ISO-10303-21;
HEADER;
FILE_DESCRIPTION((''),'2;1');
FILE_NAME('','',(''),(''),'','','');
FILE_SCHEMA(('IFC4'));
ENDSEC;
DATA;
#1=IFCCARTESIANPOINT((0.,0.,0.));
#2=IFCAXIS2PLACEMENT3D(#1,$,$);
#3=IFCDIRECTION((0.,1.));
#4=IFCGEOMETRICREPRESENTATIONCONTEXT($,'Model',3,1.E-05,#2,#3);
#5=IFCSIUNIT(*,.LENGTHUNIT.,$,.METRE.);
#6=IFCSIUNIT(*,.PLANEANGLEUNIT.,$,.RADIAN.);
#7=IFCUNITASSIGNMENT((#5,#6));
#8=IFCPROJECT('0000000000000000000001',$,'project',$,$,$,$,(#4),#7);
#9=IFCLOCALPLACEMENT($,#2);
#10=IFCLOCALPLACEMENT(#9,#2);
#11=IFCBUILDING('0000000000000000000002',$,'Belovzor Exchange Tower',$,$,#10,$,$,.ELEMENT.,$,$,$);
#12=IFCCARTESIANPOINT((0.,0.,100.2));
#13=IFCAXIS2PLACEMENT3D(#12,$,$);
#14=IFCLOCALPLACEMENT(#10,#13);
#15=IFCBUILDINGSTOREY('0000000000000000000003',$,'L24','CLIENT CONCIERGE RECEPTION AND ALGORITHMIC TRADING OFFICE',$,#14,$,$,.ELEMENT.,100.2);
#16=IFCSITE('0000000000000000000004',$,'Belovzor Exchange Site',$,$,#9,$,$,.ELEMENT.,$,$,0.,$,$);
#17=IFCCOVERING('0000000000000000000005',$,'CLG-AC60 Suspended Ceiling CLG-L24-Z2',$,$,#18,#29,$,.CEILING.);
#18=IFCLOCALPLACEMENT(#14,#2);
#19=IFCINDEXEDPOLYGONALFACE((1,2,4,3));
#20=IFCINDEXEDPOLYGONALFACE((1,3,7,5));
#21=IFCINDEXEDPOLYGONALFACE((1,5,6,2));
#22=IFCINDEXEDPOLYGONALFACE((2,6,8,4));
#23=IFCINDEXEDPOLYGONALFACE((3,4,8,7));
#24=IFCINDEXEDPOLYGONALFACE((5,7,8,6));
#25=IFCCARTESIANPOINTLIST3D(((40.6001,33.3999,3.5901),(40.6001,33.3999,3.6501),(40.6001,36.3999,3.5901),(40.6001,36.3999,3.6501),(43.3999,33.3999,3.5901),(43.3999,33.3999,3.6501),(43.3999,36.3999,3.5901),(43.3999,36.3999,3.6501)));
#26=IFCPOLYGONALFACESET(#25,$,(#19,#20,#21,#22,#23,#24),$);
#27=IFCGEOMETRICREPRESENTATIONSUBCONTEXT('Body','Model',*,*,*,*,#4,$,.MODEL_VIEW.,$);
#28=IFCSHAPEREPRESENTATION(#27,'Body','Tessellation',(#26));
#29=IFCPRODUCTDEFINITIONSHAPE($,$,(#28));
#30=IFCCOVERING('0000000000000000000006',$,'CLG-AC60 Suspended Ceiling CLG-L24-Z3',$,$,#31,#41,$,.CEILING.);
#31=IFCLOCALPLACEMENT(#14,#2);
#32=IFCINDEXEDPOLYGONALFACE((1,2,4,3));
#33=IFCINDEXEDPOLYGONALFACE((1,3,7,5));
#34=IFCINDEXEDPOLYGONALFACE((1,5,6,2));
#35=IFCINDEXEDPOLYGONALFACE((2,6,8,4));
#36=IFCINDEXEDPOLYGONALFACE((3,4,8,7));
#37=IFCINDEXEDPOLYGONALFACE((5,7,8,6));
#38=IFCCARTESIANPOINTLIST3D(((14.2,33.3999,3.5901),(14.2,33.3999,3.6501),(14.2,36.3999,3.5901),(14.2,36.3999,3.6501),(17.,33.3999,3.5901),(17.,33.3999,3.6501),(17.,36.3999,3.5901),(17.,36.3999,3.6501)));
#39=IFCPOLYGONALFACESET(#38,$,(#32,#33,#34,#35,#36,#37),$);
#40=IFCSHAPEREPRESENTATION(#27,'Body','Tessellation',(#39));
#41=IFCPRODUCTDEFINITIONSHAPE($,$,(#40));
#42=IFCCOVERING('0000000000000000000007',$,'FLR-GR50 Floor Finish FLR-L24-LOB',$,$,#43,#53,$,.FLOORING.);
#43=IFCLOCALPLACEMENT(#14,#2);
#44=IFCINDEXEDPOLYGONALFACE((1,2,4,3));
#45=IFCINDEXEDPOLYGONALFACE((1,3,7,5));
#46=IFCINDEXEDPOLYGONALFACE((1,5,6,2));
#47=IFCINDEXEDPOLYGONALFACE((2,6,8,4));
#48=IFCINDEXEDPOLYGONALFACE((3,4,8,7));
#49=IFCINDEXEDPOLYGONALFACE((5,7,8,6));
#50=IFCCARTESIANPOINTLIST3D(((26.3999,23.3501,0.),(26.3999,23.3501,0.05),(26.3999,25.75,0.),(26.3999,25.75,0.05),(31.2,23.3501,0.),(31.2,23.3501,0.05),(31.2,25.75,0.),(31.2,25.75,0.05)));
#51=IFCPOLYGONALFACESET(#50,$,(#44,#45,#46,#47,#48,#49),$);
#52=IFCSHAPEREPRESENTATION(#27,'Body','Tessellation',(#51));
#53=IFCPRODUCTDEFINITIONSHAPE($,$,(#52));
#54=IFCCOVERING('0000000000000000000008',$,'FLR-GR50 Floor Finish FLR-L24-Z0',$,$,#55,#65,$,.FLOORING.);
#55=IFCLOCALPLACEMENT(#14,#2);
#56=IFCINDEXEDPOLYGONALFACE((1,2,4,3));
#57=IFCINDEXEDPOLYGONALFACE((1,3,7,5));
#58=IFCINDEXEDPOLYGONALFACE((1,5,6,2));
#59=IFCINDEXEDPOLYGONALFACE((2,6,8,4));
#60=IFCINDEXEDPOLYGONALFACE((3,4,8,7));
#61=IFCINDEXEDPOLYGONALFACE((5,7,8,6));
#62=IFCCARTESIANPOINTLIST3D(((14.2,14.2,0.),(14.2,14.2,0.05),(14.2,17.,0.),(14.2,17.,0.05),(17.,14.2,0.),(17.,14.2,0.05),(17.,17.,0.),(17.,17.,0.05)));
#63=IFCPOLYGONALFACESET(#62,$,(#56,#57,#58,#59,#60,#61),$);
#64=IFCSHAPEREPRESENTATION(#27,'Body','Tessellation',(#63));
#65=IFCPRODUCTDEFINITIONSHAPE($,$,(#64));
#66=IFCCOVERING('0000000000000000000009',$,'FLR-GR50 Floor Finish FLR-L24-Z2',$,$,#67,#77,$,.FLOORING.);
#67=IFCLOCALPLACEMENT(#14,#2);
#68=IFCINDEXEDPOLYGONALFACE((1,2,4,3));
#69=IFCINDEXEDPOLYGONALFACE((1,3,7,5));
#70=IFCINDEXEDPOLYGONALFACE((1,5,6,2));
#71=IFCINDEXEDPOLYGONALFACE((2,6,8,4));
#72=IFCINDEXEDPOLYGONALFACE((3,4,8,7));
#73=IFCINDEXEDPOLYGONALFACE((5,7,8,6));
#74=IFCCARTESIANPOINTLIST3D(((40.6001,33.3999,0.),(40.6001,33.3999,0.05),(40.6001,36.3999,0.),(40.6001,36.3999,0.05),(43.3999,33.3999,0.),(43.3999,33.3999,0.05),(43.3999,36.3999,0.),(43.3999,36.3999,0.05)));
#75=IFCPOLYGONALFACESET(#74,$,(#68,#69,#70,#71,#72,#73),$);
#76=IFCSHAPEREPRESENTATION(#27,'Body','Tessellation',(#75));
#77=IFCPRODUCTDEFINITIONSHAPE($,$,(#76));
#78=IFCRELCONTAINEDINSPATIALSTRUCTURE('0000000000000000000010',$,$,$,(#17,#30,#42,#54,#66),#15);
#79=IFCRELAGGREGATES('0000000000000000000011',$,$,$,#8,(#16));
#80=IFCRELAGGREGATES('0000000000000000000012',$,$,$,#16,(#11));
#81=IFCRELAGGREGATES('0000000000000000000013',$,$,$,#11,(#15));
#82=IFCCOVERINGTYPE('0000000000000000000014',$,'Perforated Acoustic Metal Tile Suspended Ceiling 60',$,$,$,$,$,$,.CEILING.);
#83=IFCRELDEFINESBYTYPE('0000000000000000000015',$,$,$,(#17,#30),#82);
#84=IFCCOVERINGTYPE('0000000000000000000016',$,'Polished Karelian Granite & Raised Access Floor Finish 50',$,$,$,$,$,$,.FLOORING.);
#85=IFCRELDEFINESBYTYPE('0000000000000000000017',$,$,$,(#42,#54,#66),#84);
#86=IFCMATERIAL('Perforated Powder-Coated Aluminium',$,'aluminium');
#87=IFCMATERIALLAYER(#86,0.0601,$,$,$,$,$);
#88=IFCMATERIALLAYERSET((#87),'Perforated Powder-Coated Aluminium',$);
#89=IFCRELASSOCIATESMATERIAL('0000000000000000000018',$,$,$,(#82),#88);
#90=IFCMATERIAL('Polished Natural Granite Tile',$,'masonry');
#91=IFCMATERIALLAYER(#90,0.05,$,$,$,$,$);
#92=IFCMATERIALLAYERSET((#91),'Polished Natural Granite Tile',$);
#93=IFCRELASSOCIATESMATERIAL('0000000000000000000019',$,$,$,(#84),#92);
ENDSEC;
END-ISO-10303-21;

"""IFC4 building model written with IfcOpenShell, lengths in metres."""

from ifc_helpers import new_model, si_unit, direction, frame, origin, place, context, subcontext, project, spatial, polyline, outline, extrude, material, layer, layer_set, type_object, element, save


model = new_model("IFC4")

# Units and contexts
model_context = context("Model", 3, precision=1e-05, world=origin(), true_north=direction((0.0, 1.0)))
body_context = subcontext(model_context, "Body", "Model", "MODEL_VIEW")
ifc_project = project(units=[si_unit("LENGTHUNIT", "METRE"), si_unit("PLANEANGLEUNIT", "RADIAN")], contexts=[model_context])

# Site, building, storey
site_placement = place(None, origin())
site = spatial("IfcSite", under=ifc_project, at=site_placement, Name="Belovzor Exchange Site", CompositionType="ELEMENT", RefElevation=0.0)
building_placement = place(site_placement, origin())
building = spatial("IfcBuilding", under=site, at=building_placement, Name="Belovzor Exchange Tower", CompositionType="ELEMENT")
storey_placement = place(building_placement, frame((0.0, 0.0, 100.2)))
storey = spatial("IfcBuildingStorey", under=building, at=storey_placement, Name="L24", Description="CLIENT CONCIERGE RECEPTION AND ALGORITHMIC TRADING OFFICE", CompositionType="ELEMENT", Elevation=100.2)

# Coverings
ifc_material_1 = material(Name="Perforated Powder-Coated Aluminium", Category="aluminium")
ifc_layer_1 = layer(ifc_material_1, 0.0601)
ifc_layer_set_1 = layer_set([ifc_layer_1], Name="Perforated Powder-Coated Aluminium")
covering_type_1 = type_object("IfcCoveringType", Name="Perforated Acoustic Metal Tile Suspended Ceiling 60", PredefinedType="CEILING", material=ifc_layer_set_1)
covering_1_placement = place(storey_placement, frame((0.0, 0.0, 3.5901)))
element("IfcCovering", 1, at=covering_1_placement, inside=storey, type_object=covering_type_1, Name="CLG-AC60 Suspended Ceiling CLG-L24-Z2", PredefinedType="CEILING", context=body_context, shape_type="SweptSolid", body=[
    extrude(outline(polyline([(40.6001, 33.3999), (43.3999, 33.3999), (43.3999, 36.3999), (40.6001, 36.3999), (40.6001, 33.3999)])), origin(), (0.0, 0.0, 1.0), 0.0601),
])
covering_2_placement = place(storey_placement, frame((0.0, 0.0, 3.5901)))
element("IfcCovering", 2, at=covering_2_placement, inside=storey, type_object=covering_type_1, Name="CLG-AC60 Suspended Ceiling CLG-L24-Z3", PredefinedType="CEILING", context=body_context, shape_type="SweptSolid", body=[
    extrude(outline(polyline([(14.2, 33.3999), (17.0, 33.3999), (17.0, 36.3999), (14.2, 36.3999), (14.2, 33.3999)])), origin(), (0.0, 0.0, 1.0), 0.0601),
])
ifc_material_2 = material(Name="Polished Natural Granite Tile", Category="masonry")
ifc_layer_2 = layer(ifc_material_2, 0.05)
ifc_layer_set_2 = layer_set([ifc_layer_2], Name="Polished Natural Granite Tile")
covering_type_2 = type_object("IfcCoveringType", Name="Polished Karelian Granite & Raised Access Floor Finish 50", PredefinedType="FLOORING", material=ifc_layer_set_2)
covering_3_placement = place(storey_placement, origin())
element("IfcCovering", 3, at=covering_3_placement, inside=storey, type_object=covering_type_2, Name="FLR-GR50 Floor Finish FLR-L24-LOB", PredefinedType="FLOORING", context=body_context, shape_type="SweptSolid", body=[
    extrude(outline(polyline([(26.3999, 23.3501), (31.2, 23.3501), (31.2, 25.75), (26.3999, 25.75), (26.3999, 23.3501)])), origin(), (0.0, 0.0, 1.0), 0.05),
])
covering_4_placement = place(storey_placement, origin())
element("IfcCovering", 4, at=covering_4_placement, inside=storey, type_object=covering_type_2, Name="FLR-GR50 Floor Finish FLR-L24-Z0", PredefinedType="FLOORING", context=body_context, shape_type="SweptSolid", body=[
    extrude(outline(polyline([(14.2, 14.2), (17.0, 14.2), (17.0, 17.0), (14.2, 17.0), (14.2, 14.2)])), origin(), (0.0, 0.0, 1.0), 0.05),
])
covering_5_placement = place(storey_placement, origin())
element("IfcCovering", 5, at=covering_5_placement, inside=storey, type_object=covering_type_2, Name="FLR-GR50 Floor Finish FLR-L24-Z2", PredefinedType="FLOORING", context=body_context, shape_type="SweptSolid", body=[
    extrude(outline(polyline([(40.6001, 33.3999), (43.3999, 33.3999), (43.3999, 36.3999), (40.6001, 36.3999), (40.6001, 33.3999)])), origin(), (0.0, 0.0, 1.0), 0.05),
])

save(model, "model.ifc")
